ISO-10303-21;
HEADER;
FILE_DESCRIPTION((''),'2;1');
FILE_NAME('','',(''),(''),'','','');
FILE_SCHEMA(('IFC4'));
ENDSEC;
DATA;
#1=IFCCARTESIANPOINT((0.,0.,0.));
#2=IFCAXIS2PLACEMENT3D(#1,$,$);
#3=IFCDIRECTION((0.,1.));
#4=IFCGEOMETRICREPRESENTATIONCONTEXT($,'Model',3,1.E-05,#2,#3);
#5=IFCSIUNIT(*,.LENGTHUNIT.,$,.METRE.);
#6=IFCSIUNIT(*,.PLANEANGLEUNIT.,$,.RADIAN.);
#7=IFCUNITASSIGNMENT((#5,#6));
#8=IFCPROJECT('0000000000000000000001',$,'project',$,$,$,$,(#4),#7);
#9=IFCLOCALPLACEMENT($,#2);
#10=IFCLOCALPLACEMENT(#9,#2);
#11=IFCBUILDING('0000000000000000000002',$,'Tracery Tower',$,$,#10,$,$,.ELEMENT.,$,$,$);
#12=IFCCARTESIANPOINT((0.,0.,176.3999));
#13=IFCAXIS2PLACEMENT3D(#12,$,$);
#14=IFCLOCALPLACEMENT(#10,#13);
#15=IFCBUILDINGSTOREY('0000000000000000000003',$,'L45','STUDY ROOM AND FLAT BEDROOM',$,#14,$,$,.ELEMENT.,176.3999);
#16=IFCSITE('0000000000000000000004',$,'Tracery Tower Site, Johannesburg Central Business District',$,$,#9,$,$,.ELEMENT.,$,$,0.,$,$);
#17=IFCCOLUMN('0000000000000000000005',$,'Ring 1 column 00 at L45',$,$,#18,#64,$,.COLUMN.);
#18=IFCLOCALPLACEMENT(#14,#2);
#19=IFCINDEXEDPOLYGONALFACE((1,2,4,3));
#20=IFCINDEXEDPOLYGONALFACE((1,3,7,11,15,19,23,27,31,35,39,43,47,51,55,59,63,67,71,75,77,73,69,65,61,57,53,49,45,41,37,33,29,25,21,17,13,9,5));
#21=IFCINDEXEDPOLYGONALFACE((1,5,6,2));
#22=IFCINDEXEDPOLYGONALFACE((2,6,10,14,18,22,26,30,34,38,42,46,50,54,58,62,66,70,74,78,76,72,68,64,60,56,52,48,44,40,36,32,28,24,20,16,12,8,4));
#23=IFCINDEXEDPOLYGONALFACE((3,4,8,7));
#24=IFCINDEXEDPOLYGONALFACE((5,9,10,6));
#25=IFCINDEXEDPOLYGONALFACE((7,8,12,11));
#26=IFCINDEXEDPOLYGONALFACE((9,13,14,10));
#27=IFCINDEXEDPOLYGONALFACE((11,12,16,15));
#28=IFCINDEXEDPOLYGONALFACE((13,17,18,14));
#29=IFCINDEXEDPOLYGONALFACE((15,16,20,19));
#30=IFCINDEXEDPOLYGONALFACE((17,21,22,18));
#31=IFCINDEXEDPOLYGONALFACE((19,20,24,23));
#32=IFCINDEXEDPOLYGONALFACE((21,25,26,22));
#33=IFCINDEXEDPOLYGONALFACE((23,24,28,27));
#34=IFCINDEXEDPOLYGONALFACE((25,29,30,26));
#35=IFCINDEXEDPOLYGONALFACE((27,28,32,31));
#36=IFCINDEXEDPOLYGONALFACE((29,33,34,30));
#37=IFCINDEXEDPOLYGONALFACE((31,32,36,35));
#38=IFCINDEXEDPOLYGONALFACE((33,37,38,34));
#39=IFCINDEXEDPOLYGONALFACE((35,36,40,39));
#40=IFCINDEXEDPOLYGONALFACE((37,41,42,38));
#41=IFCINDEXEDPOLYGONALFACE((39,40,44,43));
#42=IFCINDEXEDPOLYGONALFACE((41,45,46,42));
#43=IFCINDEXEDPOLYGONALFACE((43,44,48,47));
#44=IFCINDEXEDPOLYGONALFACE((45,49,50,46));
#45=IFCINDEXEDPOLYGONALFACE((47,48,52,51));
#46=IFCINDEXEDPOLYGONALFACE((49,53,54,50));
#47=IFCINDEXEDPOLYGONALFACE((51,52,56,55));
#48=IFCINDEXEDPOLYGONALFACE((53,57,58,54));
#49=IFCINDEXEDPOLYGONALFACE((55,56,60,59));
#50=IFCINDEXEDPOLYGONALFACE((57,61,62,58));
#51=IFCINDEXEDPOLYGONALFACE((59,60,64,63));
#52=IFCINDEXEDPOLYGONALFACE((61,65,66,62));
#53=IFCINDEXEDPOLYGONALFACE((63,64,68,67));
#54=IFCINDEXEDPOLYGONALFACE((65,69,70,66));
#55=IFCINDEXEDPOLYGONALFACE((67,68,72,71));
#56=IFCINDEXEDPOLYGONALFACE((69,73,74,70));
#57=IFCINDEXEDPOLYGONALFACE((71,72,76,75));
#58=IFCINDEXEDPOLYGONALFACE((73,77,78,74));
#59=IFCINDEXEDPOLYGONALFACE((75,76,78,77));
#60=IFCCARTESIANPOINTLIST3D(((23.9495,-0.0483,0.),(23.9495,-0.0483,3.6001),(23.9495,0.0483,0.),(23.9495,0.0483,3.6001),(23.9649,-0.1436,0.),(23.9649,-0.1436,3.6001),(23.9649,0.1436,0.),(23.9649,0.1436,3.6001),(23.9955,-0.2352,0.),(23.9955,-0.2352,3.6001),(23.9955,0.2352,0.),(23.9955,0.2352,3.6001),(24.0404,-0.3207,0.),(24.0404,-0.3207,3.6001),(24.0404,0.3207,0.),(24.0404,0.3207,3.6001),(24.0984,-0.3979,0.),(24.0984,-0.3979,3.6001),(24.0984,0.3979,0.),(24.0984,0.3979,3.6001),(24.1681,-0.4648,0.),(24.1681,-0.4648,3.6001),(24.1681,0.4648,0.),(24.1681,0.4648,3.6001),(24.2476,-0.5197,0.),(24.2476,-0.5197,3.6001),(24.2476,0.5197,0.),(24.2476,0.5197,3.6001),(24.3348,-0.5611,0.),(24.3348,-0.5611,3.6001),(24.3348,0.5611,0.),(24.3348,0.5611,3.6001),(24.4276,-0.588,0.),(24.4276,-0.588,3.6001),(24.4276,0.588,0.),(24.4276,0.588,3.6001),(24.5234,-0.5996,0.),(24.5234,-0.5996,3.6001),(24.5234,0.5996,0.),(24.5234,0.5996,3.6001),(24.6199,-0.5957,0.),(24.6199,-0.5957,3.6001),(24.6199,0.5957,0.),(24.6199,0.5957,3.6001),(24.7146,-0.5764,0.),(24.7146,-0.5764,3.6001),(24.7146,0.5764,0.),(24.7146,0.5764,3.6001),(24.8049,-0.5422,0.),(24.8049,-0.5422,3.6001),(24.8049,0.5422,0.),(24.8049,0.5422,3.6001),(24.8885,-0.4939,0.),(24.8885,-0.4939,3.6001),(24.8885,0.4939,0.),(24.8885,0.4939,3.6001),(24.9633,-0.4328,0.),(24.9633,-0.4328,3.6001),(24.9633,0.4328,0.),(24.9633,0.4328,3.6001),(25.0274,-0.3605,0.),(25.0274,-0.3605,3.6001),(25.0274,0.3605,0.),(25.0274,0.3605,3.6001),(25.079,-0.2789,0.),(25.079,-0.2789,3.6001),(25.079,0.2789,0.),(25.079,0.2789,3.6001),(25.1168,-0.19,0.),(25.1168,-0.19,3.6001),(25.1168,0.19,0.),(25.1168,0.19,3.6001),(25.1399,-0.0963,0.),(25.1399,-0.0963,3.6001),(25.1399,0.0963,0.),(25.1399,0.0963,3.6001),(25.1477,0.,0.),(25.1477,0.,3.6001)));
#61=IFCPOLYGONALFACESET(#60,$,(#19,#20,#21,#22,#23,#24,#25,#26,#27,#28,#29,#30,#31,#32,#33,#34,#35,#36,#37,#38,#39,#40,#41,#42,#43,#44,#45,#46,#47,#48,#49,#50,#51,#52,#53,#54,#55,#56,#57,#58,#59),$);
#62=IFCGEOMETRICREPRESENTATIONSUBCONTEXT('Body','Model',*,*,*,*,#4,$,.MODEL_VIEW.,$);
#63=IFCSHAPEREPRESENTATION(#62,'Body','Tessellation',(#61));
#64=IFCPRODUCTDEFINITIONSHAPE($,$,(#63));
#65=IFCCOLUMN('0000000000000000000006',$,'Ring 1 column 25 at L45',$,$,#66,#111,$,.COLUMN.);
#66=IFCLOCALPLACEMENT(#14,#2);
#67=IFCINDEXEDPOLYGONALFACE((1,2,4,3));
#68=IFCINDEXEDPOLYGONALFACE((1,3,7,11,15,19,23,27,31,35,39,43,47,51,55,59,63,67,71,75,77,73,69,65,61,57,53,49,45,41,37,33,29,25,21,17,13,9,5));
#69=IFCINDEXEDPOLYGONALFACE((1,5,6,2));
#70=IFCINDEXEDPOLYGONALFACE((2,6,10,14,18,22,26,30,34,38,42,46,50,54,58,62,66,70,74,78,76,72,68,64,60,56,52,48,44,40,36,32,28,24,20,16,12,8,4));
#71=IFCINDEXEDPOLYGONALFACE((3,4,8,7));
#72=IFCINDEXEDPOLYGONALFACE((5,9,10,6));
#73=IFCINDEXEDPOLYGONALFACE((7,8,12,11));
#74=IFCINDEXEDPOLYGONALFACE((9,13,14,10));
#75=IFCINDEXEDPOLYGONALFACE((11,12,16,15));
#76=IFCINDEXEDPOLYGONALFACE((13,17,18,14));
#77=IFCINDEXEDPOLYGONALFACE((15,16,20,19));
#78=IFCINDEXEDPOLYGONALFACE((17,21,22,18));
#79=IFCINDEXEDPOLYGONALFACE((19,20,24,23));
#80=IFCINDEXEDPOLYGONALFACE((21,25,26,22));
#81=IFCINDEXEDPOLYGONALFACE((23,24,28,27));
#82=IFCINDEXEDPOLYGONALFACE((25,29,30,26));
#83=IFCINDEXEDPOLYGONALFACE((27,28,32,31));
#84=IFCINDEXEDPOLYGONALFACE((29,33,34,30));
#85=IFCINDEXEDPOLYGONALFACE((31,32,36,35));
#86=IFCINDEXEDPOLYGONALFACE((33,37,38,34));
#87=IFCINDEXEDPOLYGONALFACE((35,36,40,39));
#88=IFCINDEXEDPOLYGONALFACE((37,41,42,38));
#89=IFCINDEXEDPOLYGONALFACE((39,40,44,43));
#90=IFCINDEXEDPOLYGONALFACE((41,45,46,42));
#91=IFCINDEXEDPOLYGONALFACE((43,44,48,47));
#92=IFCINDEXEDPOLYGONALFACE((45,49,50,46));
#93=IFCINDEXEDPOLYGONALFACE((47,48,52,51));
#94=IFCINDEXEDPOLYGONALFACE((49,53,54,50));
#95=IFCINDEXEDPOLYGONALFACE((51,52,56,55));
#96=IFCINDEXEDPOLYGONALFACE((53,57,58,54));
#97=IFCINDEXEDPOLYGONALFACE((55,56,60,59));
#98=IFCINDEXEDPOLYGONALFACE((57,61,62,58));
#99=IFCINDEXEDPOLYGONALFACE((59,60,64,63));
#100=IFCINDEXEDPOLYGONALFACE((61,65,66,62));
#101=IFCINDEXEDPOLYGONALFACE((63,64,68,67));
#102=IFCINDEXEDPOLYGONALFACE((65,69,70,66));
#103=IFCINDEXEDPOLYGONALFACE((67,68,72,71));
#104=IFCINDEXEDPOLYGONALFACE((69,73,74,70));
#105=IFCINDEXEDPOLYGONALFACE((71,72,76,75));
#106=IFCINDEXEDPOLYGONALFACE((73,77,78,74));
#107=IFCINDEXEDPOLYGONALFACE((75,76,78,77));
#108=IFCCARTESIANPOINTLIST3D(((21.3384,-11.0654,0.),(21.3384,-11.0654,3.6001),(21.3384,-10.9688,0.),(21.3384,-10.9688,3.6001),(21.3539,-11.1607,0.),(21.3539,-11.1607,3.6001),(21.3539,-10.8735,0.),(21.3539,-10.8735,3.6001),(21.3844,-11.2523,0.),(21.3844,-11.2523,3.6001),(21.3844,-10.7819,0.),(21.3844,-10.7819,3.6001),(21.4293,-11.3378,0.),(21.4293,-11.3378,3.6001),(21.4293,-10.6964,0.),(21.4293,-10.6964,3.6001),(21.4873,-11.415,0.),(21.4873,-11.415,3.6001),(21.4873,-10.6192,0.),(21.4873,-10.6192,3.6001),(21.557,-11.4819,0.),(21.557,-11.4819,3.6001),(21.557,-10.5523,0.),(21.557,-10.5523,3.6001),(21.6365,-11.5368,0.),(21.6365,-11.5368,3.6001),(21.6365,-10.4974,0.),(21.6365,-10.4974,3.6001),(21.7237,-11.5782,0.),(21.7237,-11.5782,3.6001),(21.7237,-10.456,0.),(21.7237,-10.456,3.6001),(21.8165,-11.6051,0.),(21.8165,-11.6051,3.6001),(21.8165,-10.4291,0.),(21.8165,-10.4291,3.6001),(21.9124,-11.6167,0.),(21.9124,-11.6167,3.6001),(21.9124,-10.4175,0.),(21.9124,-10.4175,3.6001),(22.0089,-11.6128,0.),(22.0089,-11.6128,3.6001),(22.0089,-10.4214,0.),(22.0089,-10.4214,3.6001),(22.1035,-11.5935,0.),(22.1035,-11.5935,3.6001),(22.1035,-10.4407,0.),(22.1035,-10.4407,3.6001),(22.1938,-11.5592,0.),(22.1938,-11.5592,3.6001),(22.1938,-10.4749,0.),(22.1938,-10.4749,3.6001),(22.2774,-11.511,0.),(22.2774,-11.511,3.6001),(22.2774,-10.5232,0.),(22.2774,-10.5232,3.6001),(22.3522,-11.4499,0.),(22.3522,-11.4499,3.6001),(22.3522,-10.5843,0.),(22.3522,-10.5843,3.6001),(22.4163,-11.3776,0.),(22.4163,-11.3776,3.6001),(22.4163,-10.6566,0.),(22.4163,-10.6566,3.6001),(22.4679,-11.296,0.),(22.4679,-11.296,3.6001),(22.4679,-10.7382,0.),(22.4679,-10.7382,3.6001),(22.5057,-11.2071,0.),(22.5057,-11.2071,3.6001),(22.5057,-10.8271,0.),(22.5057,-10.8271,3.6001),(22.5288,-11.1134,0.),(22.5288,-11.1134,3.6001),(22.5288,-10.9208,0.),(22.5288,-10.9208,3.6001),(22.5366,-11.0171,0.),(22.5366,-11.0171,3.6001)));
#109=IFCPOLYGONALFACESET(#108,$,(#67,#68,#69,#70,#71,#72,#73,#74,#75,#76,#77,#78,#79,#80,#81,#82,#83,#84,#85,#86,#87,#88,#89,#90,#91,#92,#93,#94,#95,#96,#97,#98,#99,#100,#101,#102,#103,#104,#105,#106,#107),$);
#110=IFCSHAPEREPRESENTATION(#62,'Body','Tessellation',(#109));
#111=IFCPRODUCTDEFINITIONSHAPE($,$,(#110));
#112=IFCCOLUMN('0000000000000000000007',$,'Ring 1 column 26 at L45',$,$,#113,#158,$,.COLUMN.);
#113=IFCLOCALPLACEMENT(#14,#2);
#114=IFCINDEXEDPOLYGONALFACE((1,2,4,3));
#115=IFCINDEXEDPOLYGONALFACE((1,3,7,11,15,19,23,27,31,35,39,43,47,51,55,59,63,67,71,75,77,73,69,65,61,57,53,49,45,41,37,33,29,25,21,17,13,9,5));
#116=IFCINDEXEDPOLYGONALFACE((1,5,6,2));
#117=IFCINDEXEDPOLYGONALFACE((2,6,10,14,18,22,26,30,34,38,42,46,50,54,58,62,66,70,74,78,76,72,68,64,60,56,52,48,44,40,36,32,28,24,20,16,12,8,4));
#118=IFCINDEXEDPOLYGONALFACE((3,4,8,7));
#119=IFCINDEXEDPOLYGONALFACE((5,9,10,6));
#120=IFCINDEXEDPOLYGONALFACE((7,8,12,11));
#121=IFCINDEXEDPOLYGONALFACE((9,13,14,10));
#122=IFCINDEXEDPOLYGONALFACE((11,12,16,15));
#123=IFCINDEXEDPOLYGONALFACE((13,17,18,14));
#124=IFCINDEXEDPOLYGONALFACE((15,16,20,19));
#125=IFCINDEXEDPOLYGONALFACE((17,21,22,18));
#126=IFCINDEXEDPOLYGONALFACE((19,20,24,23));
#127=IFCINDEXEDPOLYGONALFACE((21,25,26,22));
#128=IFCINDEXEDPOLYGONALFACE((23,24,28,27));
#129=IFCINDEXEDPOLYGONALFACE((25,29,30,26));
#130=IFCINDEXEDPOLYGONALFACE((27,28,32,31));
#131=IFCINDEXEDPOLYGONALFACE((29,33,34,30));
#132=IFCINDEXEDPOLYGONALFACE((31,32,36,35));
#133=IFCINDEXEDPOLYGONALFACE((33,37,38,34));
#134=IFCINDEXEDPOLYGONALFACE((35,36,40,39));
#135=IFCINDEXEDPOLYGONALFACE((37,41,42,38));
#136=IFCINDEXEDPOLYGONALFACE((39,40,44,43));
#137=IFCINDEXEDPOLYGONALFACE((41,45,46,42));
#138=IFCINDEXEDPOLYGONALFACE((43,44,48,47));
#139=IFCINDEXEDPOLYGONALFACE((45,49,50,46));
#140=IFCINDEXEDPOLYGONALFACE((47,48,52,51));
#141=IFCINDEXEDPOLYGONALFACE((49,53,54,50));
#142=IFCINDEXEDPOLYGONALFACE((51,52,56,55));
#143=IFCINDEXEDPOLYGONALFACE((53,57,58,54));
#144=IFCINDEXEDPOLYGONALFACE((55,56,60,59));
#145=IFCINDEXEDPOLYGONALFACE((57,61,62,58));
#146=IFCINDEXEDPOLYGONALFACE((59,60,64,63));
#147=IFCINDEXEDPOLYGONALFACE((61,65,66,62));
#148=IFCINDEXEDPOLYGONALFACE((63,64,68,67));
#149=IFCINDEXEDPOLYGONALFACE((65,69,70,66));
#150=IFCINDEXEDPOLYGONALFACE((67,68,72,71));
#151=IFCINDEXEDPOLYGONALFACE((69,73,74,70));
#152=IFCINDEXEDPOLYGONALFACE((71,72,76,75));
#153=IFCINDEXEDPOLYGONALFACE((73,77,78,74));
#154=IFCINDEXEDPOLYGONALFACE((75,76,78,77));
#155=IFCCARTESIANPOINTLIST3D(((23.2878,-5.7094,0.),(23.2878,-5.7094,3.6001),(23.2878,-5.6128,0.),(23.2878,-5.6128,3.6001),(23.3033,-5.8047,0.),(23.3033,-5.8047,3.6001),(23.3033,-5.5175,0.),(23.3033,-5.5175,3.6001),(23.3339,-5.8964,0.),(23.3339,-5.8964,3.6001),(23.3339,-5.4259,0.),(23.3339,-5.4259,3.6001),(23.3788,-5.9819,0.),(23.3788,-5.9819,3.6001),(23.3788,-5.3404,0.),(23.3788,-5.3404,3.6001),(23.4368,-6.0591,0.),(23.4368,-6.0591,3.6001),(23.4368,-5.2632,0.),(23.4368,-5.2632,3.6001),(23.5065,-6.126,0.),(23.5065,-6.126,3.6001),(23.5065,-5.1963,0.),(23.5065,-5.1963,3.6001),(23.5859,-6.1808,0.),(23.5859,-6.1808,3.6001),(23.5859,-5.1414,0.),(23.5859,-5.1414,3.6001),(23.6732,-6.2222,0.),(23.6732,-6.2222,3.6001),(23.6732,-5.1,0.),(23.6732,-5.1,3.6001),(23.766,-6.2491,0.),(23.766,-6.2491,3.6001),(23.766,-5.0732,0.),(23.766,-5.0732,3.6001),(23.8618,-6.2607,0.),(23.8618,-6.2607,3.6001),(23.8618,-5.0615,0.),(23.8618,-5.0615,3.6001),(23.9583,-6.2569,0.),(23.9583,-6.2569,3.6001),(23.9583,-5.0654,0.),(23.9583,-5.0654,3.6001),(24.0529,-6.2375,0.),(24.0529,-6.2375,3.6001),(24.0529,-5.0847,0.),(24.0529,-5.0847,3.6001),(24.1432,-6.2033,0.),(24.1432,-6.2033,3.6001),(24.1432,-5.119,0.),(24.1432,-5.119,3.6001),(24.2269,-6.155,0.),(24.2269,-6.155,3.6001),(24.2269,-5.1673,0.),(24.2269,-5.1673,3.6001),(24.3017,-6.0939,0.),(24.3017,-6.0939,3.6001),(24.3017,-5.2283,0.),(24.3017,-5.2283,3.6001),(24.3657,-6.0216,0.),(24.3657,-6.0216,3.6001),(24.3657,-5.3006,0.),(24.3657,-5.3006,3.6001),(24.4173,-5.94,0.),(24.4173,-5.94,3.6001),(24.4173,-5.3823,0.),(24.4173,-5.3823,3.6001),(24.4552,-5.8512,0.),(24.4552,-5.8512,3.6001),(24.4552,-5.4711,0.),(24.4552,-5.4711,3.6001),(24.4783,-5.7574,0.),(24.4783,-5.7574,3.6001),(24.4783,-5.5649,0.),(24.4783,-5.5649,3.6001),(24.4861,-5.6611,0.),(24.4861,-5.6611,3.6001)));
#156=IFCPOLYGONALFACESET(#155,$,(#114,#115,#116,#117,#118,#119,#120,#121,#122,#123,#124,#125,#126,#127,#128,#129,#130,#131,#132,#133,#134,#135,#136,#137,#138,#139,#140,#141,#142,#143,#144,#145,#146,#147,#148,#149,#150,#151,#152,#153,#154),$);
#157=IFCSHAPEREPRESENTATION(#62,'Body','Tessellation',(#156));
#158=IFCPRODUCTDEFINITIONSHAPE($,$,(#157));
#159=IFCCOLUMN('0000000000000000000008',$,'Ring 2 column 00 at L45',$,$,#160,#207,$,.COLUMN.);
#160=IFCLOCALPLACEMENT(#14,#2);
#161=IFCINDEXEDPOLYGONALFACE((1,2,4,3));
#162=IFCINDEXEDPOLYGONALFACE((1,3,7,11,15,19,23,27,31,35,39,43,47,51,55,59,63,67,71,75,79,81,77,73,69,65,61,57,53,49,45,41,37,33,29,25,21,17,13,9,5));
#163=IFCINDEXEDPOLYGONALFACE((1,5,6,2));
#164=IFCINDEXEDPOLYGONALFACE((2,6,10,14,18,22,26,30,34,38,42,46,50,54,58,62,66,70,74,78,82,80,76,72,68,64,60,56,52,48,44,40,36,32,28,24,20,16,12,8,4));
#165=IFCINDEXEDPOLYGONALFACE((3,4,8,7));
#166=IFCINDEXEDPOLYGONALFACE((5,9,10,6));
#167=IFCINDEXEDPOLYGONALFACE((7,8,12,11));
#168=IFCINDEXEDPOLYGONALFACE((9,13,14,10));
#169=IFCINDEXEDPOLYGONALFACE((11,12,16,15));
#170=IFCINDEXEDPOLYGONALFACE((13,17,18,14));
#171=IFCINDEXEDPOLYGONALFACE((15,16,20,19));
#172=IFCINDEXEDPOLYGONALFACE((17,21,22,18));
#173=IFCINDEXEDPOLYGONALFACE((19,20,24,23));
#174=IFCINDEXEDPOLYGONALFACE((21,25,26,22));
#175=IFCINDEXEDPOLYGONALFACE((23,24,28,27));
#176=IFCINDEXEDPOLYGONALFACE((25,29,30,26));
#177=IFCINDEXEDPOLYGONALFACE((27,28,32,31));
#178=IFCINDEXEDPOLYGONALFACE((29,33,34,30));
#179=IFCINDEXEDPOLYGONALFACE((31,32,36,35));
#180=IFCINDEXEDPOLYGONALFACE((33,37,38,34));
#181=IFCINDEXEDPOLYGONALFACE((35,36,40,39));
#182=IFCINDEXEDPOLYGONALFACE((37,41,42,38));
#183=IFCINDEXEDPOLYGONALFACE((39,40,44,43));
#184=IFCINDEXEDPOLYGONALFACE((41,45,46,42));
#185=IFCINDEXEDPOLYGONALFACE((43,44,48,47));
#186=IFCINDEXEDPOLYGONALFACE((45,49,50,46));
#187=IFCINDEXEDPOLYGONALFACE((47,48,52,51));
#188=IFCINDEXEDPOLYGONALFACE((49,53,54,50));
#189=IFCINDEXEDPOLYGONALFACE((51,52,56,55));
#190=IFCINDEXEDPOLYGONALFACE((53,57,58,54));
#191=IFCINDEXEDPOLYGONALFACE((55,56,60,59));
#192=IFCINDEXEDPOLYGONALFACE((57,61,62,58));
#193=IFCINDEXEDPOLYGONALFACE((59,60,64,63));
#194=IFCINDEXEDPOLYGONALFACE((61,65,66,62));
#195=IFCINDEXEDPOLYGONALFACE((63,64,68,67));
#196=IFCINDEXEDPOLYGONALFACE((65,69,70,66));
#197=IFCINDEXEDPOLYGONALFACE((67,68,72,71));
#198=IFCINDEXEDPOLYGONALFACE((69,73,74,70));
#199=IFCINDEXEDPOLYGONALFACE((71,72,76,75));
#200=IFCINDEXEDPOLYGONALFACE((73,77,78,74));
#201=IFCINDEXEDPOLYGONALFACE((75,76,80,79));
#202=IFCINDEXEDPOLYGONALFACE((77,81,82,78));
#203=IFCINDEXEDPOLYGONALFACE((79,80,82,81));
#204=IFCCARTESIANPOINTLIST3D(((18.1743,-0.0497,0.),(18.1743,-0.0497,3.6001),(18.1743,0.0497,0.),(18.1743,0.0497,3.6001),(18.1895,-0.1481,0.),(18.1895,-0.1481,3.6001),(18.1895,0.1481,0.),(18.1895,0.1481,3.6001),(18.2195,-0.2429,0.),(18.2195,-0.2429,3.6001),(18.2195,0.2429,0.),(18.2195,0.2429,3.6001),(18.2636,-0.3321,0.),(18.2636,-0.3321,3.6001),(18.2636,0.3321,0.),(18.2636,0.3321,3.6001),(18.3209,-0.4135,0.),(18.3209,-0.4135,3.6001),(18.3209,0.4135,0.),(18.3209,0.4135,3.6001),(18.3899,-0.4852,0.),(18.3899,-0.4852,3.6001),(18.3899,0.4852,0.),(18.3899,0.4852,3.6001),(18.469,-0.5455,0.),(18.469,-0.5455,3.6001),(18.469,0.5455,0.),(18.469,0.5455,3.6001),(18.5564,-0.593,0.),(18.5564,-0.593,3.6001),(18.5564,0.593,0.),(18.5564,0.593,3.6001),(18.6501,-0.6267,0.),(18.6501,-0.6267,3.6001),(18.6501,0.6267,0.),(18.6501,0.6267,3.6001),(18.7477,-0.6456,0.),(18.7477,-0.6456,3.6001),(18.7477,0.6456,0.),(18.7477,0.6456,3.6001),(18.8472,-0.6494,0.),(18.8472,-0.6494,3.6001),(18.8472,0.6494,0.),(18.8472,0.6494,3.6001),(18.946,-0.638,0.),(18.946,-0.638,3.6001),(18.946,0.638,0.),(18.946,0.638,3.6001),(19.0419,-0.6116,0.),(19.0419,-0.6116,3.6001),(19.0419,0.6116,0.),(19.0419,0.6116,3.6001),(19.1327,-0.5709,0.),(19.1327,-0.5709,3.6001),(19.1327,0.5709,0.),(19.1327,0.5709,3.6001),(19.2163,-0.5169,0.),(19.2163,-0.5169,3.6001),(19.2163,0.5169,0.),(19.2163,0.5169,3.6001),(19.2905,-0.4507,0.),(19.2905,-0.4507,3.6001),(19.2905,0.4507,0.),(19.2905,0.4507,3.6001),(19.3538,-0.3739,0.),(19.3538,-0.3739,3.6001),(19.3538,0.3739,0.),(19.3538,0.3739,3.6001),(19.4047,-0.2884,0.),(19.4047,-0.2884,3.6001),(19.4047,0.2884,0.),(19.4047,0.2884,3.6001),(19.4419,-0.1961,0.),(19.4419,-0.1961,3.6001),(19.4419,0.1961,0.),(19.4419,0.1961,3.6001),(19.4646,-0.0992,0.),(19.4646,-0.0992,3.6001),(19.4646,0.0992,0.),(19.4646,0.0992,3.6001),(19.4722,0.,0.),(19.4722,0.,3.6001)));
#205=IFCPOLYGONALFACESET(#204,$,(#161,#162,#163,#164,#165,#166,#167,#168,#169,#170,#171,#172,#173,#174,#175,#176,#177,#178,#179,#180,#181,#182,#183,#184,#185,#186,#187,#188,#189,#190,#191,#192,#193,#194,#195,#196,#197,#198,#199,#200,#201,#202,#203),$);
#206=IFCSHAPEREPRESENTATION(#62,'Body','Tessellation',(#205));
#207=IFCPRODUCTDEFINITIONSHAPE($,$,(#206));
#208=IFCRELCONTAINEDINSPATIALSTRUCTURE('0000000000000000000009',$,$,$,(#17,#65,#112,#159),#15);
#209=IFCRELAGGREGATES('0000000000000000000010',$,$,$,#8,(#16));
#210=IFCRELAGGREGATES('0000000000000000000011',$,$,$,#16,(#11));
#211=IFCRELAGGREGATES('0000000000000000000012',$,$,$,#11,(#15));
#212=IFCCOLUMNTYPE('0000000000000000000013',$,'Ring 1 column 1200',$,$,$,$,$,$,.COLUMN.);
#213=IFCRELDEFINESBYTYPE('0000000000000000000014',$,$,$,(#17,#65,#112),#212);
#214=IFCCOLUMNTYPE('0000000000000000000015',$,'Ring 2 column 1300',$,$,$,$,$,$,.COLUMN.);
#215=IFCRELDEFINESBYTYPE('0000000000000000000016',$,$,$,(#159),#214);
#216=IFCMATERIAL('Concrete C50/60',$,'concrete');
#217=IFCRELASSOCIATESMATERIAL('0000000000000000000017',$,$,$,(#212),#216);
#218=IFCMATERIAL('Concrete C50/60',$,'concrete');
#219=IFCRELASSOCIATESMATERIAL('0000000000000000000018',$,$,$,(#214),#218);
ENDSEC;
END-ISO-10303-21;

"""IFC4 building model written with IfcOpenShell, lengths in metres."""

from ifc_helpers import new_model, si_unit, direction, frame, origin, origin_2d, place, context, subcontext, project, spatial, circle, extrude, material, material_profile, profile_set, type_object, element, save


model = new_model("IFC4")

# Units and contexts
model_context = context("Model", 3, precision=1e-05, world=origin(), true_north=direction((0.0, 1.0)))
body_context = subcontext(model_context, "Body", "Model", "MODEL_VIEW")
ifc_project = project(units=[si_unit("LENGTHUNIT", "METRE"), si_unit("PLANEANGLEUNIT", "RADIAN")], contexts=[model_context])

# Site, building, storey
site_placement = place(None, origin())
site = spatial("IfcSite", under=ifc_project, at=site_placement, Name="Tracery Tower Site, Johannesburg Central Business District", CompositionType="ELEMENT", RefElevation=0.0)
building_placement = place(site_placement, origin())
building = spatial("IfcBuilding", under=site, at=building_placement, Name="Tracery Tower", CompositionType="ELEMENT")
storey_placement = place(building_placement, frame((0.0, 0.0, 176.3999)))
storey = spatial("IfcBuildingStorey", under=building, at=storey_placement, Name="L45", Description="STUDY ROOM AND FLAT BEDROOM", CompositionType="ELEMENT", Elevation=176.3999)

# Columns
ifc_material_1 = material(Name="Concrete C50/60", Category="concrete")
ifc_material_profile_1 = material_profile(ifc_material_1, circle(Radius=0.6001, at=origin_2d()), Name="RC D1200")
ifc_profile_set_1 = profile_set([ifc_material_profile_1], Name="Concrete C50/60")
column_type_1 = type_object("IfcColumnType", Name="Ring 1 column 1200", PredefinedType="COLUMN", material=ifc_profile_set_1)
for number, where, z_axis, x_axis, name in (
    (1, (24.5476, 0.0, 0.0), (0.0, 0.0, 1.0), (1.0, 0.0, 0.0), "Ring 1 column 00 at L45"),
    (2, (21.9365, -11.0171, 0.0), (0.0, 0.0, 1.0), (1.0, 0.0, 0.0), "Ring 1 column 25 at L45"),
    (3, (23.886, -5.6611, 0.0), (0.0, 0.0, 1.0), (1.0, 0.0, 0.0), "Ring 1 column 26 at L45"),
):
    element("IfcColumn", number, at=place(storey_placement, frame(where, z_axis=z_axis, x_axis=x_axis)), inside=storey, type_object=column_type_1, Name=name, PredefinedType="COLUMN", context=body_context, shape_type="SweptSolid", body=[
        extrude(circle(Radius=0.6001, at=origin_2d()), origin(), (0.0, 0.0, 1.0), 3.6001),
    ])
ifc_material_2 = material(Name="Concrete C50/60", Category="concrete")
ifc_material_profile_2 = material_profile(ifc_material_2, circle(Radius=0.6499, at=origin_2d()), Name="RC D1300")
ifc_profile_set_2 = profile_set([ifc_material_profile_2], Name="Concrete C50/60")
column_type_2 = type_object("IfcColumnType", Name="Ring 2 column 1300", PredefinedType="COLUMN", material=ifc_profile_set_2)
for number, where, z_axis, x_axis, name in (
    (4, (18.8223, 0.0, 0.0), (0.0, 0.0, 1.0), (1.0, 0.0, 0.0), "Ring 2 column 00 at L45"),
):
    element("IfcColumn", number, at=place(storey_placement, frame(where, z_axis=z_axis, x_axis=x_axis)), inside=storey, type_object=column_type_2, Name=name, PredefinedType="COLUMN", context=body_context, shape_type="SweptSolid", body=[
        extrude(circle(Radius=0.6499, at=origin_2d()), origin(), (0.0, 0.0, 1.0), 3.6001),
    ])

save(model, "model.ifc")
